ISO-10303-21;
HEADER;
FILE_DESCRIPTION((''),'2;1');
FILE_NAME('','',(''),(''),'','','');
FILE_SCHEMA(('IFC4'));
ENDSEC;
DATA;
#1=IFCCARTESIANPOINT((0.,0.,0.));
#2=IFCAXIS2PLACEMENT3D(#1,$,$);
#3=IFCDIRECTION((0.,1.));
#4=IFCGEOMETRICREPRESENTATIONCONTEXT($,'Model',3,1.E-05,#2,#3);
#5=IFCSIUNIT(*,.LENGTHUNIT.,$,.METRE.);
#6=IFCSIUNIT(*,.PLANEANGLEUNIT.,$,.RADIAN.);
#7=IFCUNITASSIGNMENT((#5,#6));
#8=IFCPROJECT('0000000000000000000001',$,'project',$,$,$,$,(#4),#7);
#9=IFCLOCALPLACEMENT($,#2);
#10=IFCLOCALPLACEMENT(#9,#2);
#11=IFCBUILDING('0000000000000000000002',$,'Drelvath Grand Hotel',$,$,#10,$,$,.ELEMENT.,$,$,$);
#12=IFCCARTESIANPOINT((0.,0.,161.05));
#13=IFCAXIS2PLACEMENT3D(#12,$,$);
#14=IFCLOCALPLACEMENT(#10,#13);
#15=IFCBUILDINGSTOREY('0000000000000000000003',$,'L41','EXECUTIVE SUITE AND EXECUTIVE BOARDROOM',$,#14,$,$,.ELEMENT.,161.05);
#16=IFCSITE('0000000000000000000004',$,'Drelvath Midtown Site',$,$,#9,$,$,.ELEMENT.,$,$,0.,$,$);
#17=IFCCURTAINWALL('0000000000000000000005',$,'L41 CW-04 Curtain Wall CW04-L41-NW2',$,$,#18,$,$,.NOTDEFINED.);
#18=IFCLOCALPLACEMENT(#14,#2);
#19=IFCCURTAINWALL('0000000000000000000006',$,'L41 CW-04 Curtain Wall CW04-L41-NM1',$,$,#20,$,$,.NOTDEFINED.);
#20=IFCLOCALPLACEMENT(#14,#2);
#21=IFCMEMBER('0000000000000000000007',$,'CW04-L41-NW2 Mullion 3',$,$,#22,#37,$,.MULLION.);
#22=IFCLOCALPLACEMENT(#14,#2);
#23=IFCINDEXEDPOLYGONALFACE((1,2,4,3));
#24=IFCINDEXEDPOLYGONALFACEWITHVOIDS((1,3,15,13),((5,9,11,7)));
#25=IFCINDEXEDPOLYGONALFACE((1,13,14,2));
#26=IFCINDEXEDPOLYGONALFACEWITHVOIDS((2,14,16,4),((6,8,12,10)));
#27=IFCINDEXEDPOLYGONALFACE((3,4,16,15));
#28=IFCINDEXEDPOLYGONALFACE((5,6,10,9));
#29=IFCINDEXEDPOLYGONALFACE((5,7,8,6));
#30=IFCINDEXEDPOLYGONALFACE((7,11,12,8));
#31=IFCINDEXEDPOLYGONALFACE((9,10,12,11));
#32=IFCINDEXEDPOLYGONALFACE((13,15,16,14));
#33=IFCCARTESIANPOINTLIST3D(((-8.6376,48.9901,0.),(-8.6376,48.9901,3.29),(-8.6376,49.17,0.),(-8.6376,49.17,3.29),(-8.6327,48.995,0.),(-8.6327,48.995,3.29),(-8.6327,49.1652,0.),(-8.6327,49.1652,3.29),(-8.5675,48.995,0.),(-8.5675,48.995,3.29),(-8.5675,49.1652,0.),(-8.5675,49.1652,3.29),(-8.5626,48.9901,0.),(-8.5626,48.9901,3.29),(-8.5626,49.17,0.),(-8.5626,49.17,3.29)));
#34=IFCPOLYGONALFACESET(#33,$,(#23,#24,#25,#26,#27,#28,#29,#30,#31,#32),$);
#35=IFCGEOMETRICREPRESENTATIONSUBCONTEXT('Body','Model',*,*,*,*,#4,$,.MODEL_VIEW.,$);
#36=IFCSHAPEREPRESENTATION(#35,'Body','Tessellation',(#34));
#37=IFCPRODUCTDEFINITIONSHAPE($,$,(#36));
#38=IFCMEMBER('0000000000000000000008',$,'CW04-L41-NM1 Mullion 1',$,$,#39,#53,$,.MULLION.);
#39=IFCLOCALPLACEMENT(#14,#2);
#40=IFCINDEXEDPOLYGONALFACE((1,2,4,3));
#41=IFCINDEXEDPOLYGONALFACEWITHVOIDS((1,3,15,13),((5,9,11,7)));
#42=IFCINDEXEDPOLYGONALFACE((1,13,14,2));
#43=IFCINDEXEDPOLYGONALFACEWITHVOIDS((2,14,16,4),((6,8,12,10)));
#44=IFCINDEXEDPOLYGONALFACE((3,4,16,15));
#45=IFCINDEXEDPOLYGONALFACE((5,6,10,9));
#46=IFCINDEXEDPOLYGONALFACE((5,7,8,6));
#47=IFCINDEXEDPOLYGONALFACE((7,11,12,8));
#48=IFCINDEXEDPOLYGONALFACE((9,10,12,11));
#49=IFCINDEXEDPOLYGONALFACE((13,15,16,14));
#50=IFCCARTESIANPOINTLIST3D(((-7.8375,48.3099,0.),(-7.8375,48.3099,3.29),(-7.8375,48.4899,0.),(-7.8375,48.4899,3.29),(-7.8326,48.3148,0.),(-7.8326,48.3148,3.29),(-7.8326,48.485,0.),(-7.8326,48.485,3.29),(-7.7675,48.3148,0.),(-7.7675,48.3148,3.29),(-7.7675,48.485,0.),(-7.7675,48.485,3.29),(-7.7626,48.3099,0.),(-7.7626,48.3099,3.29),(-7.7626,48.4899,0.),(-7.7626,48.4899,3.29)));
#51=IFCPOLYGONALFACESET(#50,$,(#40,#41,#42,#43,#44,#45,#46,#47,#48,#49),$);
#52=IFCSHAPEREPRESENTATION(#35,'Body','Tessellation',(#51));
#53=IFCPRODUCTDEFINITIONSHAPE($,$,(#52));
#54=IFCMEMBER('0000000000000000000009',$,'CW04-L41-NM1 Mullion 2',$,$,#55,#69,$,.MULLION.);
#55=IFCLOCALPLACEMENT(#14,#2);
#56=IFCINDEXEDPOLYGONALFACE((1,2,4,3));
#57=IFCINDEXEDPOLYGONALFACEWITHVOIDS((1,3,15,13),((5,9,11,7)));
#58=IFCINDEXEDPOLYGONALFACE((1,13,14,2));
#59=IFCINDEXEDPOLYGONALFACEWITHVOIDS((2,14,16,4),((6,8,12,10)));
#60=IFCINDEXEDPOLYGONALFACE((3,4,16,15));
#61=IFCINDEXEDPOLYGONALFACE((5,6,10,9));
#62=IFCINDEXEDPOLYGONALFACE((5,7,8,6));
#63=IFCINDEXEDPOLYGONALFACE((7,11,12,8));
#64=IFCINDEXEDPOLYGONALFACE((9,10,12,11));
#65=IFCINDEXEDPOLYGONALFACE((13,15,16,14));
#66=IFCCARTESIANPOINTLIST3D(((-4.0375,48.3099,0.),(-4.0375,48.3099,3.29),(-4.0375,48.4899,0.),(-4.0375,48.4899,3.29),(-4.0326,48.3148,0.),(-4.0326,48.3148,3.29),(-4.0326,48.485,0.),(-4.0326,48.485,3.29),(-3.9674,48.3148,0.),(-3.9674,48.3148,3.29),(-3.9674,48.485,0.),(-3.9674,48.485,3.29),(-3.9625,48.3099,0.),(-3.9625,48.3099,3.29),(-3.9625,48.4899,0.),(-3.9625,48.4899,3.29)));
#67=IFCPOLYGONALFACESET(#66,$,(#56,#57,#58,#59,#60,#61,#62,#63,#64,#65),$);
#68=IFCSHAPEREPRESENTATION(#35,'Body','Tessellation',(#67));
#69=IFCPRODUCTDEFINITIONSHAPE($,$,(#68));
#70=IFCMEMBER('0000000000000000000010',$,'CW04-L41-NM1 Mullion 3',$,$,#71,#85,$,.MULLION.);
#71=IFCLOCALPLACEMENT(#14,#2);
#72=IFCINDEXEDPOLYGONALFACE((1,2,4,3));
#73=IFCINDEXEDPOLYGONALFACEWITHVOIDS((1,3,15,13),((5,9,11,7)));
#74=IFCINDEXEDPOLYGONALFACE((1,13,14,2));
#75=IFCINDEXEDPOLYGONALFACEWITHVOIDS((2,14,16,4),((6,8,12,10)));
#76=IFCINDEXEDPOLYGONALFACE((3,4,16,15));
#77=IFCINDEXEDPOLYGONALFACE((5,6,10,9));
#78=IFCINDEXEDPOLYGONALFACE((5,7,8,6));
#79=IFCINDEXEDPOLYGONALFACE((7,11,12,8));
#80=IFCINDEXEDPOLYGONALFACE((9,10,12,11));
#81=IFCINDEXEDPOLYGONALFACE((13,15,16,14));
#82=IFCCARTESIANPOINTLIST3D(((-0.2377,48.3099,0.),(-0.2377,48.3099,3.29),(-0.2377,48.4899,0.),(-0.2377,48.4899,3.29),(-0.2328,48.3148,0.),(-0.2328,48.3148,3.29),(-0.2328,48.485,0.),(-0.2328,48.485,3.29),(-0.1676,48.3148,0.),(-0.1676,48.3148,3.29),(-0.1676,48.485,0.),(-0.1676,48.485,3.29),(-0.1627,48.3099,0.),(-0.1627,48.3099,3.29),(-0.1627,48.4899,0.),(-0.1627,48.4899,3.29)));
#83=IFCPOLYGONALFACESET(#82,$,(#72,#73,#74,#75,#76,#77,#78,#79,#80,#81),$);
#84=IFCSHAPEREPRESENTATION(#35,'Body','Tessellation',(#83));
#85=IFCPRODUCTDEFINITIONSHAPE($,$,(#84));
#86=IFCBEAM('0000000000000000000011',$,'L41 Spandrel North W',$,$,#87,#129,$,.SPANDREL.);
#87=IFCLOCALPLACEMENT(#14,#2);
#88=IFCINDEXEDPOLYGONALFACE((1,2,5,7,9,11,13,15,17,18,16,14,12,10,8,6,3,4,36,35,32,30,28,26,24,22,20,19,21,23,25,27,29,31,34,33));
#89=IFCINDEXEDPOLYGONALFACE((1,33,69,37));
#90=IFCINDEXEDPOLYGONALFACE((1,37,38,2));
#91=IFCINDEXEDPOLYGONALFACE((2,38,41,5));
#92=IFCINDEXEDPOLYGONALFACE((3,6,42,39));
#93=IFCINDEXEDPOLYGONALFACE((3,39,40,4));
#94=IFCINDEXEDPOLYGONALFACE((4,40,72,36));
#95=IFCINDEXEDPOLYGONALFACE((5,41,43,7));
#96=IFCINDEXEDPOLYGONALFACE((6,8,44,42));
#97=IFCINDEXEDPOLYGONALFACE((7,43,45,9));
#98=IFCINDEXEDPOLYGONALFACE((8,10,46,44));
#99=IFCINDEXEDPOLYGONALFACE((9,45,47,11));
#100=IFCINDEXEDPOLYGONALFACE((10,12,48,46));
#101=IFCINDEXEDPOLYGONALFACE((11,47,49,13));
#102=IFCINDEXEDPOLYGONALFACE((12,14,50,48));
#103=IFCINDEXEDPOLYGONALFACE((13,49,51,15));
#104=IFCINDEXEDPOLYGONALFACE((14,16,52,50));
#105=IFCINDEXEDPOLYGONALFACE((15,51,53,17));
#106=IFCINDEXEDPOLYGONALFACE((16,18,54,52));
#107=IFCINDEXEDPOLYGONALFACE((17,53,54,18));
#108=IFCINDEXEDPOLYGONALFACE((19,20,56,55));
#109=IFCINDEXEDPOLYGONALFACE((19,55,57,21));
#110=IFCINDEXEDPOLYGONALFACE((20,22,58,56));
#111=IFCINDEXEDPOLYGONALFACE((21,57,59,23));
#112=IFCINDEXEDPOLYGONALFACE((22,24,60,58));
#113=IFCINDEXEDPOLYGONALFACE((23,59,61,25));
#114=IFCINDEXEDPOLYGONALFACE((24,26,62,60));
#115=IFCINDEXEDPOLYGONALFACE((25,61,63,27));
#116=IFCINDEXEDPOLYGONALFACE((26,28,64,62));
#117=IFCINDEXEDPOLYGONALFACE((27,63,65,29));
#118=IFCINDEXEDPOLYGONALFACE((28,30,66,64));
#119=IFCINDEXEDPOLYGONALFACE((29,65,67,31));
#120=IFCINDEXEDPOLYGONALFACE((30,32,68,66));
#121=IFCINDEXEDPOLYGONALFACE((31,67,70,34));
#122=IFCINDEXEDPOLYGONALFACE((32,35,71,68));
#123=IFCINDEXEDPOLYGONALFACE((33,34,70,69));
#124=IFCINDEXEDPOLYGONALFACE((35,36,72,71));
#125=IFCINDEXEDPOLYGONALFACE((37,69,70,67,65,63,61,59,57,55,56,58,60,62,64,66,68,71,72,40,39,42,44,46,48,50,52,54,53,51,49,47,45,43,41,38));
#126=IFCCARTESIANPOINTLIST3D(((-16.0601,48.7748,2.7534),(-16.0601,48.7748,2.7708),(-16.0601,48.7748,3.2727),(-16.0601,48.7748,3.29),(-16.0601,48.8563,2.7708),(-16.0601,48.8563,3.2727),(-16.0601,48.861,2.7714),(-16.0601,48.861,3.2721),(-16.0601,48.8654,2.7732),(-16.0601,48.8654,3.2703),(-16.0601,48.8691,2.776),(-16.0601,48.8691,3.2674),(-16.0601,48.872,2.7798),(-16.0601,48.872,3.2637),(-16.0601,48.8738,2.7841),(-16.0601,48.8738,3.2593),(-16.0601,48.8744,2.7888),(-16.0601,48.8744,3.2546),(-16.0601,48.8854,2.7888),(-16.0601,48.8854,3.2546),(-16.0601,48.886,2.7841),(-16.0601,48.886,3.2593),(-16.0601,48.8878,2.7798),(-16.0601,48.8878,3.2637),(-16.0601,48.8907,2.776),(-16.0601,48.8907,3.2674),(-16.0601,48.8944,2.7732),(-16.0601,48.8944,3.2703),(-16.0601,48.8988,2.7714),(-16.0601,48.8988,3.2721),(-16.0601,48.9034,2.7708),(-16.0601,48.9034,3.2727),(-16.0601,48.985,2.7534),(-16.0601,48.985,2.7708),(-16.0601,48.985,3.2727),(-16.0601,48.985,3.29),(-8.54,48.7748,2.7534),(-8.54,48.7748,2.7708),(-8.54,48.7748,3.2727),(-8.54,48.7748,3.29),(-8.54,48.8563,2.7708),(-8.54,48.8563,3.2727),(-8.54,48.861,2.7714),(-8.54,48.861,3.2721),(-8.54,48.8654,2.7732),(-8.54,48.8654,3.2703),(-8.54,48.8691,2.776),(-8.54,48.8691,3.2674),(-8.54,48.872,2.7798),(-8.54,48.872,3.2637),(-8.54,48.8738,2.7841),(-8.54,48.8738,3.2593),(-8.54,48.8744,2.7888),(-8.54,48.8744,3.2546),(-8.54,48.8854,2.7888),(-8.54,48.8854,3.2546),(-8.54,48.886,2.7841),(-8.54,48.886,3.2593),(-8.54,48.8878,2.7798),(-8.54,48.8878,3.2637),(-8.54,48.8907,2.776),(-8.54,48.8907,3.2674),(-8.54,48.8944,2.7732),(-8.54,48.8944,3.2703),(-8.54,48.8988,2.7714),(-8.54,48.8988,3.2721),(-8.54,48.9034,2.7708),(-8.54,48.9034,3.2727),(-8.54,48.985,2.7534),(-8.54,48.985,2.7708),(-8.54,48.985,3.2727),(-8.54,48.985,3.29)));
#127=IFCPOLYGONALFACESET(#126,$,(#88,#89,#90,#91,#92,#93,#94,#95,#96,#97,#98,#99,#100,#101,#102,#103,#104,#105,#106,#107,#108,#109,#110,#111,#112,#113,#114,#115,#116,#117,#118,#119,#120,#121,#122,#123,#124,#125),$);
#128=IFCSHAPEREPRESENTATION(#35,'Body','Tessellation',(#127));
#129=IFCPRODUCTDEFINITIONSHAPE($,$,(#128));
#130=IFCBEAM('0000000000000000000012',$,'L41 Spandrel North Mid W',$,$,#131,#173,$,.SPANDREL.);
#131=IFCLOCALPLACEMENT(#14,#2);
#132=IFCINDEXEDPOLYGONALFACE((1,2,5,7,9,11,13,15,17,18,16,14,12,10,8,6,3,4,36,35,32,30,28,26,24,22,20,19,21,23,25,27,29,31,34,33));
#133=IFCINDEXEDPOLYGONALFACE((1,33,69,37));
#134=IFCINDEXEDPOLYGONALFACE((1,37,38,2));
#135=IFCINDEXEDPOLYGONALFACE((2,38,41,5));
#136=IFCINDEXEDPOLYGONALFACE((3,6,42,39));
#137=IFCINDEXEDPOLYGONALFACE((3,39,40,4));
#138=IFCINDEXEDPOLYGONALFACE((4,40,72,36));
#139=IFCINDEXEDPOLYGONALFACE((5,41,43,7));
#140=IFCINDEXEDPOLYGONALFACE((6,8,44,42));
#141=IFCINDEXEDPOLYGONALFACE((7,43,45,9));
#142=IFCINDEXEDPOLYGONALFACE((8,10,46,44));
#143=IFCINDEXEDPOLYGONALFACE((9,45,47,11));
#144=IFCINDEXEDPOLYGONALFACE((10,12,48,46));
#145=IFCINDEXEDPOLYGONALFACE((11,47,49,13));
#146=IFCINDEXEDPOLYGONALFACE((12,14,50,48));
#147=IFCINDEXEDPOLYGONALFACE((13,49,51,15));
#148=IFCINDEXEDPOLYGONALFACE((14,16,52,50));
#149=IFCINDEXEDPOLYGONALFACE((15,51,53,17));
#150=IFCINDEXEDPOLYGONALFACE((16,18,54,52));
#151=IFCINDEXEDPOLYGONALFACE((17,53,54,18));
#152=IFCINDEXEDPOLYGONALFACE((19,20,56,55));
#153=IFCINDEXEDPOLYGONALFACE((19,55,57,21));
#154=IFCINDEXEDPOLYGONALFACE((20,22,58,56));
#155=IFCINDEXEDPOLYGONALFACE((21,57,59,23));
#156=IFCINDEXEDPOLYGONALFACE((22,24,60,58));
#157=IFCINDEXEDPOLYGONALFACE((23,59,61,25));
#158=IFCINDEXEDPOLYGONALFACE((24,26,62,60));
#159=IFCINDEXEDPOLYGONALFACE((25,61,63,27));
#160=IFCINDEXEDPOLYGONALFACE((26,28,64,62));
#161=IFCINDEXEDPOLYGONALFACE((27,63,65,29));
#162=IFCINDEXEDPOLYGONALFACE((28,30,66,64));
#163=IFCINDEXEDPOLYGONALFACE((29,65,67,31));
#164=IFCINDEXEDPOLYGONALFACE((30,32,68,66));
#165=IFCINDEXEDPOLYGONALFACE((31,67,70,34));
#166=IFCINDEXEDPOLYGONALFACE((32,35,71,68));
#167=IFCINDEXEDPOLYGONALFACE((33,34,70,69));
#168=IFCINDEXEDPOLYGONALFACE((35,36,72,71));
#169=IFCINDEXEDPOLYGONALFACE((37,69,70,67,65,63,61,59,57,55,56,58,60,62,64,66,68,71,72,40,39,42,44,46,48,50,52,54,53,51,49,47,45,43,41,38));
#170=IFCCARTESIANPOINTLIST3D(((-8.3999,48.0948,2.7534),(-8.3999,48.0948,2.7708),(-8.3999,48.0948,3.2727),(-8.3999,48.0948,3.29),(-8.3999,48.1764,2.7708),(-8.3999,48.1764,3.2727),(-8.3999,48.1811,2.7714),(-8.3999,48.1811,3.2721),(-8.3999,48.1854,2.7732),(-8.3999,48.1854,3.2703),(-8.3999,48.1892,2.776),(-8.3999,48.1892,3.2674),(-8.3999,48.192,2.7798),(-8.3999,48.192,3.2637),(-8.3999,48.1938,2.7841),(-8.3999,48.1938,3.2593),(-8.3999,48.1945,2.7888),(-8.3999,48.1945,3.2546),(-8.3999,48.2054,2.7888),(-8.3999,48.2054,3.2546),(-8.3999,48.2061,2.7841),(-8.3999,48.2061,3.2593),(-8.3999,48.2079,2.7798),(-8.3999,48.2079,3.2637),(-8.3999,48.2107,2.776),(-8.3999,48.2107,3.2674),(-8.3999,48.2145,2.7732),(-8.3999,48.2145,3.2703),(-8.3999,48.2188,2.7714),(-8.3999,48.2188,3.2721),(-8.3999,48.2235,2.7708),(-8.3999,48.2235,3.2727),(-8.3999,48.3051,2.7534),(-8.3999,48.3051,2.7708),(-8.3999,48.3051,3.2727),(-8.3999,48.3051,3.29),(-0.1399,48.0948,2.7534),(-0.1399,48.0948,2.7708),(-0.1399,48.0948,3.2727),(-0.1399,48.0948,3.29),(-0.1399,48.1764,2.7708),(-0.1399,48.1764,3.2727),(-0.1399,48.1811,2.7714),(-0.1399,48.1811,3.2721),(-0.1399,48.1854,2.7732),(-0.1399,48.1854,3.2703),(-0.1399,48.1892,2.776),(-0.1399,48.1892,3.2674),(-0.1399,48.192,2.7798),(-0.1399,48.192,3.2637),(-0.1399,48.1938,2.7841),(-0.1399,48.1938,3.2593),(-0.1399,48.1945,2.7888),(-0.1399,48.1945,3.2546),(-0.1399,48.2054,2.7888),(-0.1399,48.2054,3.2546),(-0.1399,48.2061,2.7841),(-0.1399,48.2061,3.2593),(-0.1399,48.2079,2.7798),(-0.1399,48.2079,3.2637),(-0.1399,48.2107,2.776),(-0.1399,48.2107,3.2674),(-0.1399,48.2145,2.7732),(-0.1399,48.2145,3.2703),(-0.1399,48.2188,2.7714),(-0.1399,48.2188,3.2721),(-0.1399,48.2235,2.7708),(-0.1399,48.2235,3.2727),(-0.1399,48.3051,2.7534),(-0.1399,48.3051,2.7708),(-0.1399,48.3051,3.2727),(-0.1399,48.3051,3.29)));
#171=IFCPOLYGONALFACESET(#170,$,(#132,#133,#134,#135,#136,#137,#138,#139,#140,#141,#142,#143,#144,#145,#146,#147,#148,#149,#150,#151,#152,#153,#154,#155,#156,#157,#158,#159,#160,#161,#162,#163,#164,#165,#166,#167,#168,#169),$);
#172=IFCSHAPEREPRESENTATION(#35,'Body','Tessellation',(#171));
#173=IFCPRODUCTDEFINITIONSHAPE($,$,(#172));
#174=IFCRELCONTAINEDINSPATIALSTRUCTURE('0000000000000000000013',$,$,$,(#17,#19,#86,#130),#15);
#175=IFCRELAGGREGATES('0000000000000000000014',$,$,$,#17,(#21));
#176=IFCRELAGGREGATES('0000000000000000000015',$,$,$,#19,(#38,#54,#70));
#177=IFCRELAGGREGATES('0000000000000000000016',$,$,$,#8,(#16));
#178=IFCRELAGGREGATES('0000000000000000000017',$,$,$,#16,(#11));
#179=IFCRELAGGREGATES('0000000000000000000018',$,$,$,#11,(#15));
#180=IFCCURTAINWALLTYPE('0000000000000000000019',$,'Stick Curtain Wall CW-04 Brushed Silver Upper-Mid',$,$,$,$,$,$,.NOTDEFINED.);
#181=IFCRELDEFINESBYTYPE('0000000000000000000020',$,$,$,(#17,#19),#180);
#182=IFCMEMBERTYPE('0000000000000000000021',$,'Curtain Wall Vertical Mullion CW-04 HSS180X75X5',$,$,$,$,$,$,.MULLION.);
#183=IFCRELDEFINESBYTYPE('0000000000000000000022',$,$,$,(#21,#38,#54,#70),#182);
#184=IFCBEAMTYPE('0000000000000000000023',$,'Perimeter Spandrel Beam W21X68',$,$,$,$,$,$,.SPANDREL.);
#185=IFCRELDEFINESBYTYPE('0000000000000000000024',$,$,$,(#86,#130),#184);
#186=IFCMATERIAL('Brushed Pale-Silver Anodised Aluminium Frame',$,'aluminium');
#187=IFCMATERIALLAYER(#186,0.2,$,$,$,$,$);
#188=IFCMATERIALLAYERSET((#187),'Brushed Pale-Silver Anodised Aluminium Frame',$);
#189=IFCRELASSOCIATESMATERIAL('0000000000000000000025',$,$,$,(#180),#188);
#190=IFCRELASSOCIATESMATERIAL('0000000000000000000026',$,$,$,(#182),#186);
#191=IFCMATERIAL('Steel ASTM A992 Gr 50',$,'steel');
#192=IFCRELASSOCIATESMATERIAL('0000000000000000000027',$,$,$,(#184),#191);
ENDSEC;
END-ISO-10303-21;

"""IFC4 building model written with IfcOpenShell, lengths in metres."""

from ifc_helpers import new_model, si_unit, direction, frame, origin, origin_2d, place, context, subcontext, project, spatial, hollow_rectangle, i_section, extrude, material, layer, layer_set, material_profile, profile_set, type_object, element, aggregate, save


model = new_model("IFC4")

# Units and contexts
model_context = context("Model", 3, precision=1e-05, world=origin(), true_north=direction((0.0, 1.0)))
body_context = subcontext(model_context, "Body", "Model", "MODEL_VIEW")
ifc_project = project(units=[si_unit("LENGTHUNIT", "METRE"), si_unit("PLANEANGLEUNIT", "RADIAN")], contexts=[model_context])

# Site, building, storey
site_placement = place(None, origin())
site = spatial("IfcSite", under=ifc_project, at=site_placement, Name="Drelvath Midtown Site", CompositionType="ELEMENT", RefElevation=0.0)
building_placement = place(site_placement, origin())
building = spatial("IfcBuilding", under=site, at=building_placement, Name="Drelvath Grand Hotel", CompositionType="ELEMENT")
storey_placement = place(building_placement, frame((0.0, 0.0, 161.05)))
storey = spatial("IfcBuildingStorey", under=building, at=storey_placement, Name="L41", Description="EXECUTIVE SUITE AND EXECUTIVE BOARDROOM", CompositionType="ELEMENT", Elevation=161.05)

# Curtain walls
ifc_material_1 = material(Name="Brushed Pale-Silver Anodised Aluminium Frame", Category="aluminium")
ifc_layer_1 = layer(ifc_material_1, 0.2)
ifc_layer_set_1 = layer_set([ifc_layer_1], Name="Brushed Pale-Silver Anodised Aluminium Frame")
curtain_wall_type = type_object("IfcCurtainWallType", Name="Stick Curtain Wall CW-04 Brushed Silver Upper-Mid", PredefinedType="NOTDEFINED", material=ifc_layer_set_1)
curtain_wall_1_placement = place(storey_placement, origin())
curtain_wall_1 = element("IfcCurtainWall", 1, at=curtain_wall_1_placement, inside=storey, type_object=curtain_wall_type, Name="L41 CW-04 Curtain Wall CW04-L41-NW2", PredefinedType="NOTDEFINED")
curtain_wall_2_placement = place(storey_placement, origin())
curtain_wall_2 = element("IfcCurtainWall", 2, at=curtain_wall_2_placement, inside=storey, type_object=curtain_wall_type, Name="L41 CW-04 Curtain Wall CW04-L41-NM1", PredefinedType="NOTDEFINED")

# Members
ifc_material_profile_1 = material_profile(ifc_material_1, hollow_rectangle(XDim=0.075, YDim=0.1799, WallThickness=0.0049, at=origin_2d()), Name="HSS180X75X5")
ifc_profile_set_1 = profile_set([ifc_material_profile_1], Name="Brushed Pale-Silver Anodised Aluminium Frame")
member_type_1 = type_object("IfcMemberType", Name="Curtain Wall Vertical Mullion CW-04 HSS180X75X5", PredefinedType="MULLION", material=ifc_profile_set_1)
member_1_placement = place(storey_placement, frame((-8.6001, 49.0801, 0.0), z_axis=(0.0, 0.0, 1.0), x_axis=(1.0, 0.0, 0.0)))
member_1 = element("IfcMember", 3, at=member_1_placement, type_object=member_type_1, Name="CW04-L41-NW2 Mullion 3", PredefinedType="MULLION", context=body_context, shape_type="SweptSolid", body=[
    extrude(hollow_rectangle(XDim=0.075, YDim=0.1799, WallThickness=0.0049, at=origin_2d()), origin(), (0.0, 0.0, 1.0), 3.29),
])
member_2_placement = place(storey_placement, frame((-7.8, 48.3999, 0.0), z_axis=(0.0, 0.0, 1.0), x_axis=(1.0, 0.0, 0.0)))
member_2 = element("IfcMember", 4, at=member_2_placement, type_object=member_type_1, Name="CW04-L41-NM1 Mullion 1", PredefinedType="MULLION", context=body_context, shape_type="SweptSolid", body=[
    extrude(hollow_rectangle(XDim=0.075, YDim=0.1799, WallThickness=0.0049, at=origin_2d()), origin(), (0.0, 0.0, 1.0), 3.29),
])
member_3_placement = place(storey_placement, frame((-4.0, 48.3999, 0.0), z_axis=(0.0, 0.0, 1.0), x_axis=(1.0, 0.0, 0.0)))
member_3 = element("IfcMember", 5, at=member_3_placement, type_object=member_type_1, Name="CW04-L41-NM1 Mullion 2", PredefinedType="MULLION", context=body_context, shape_type="SweptSolid", body=[
    extrude(hollow_rectangle(XDim=0.075, YDim=0.1799, WallThickness=0.0049, at=origin_2d()), origin(), (0.0, 0.0, 1.0), 3.29),
])
member_4_placement = place(storey_placement, frame((-0.2002, 48.3999, 0.0), z_axis=(0.0, 0.0, 1.0), x_axis=(1.0, 0.0, 0.0)))
member_4 = element("IfcMember", 6, at=member_4_placement, type_object=member_type_1, Name="CW04-L41-NM1 Mullion 3", PredefinedType="MULLION", context=body_context, shape_type="SweptSolid", body=[
    extrude(hollow_rectangle(XDim=0.075, YDim=0.1799, WallThickness=0.0049, at=origin_2d()), origin(), (0.0, 0.0, 1.0), 3.29),
])

# Beams
ifc_material_2 = material(Name="Steel ASTM A992 Gr 50", Category="steel")
ifc_material_profile_2 = material_profile(ifc_material_2, i_section(OverallWidth=0.2102, OverallDepth=0.5366, WebThickness=0.011, FlangeThickness=0.0173, FilletRadius=0.0181, at=origin_2d()), Name="W21X68")
ifc_profile_set_2 = profile_set([ifc_material_profile_2], Name="Steel ASTM A992 Gr 50")
beam_type_1 = type_object("IfcBeamType", Name="Perimeter Spandrel Beam W21X68", PredefinedType="SPANDREL", material=ifc_profile_set_2)
beam_1_placement = place(storey_placement, frame((-16.0601, 48.8799, 3.0217), z_axis=(1.0, 0.0, 0.0), x_axis=(0.0, 1.0, 0.0)))
element("IfcBeam", 7, at=beam_1_placement, inside=storey, type_object=beam_type_1, Name="L41 Spandrel North W", PredefinedType="SPANDREL", context=body_context, shape_type="SweptSolid", body=[
    extrude(i_section(OverallWidth=0.2102, OverallDepth=0.5366, WebThickness=0.011, FlangeThickness=0.0173, FilletRadius=0.0181, at=origin_2d()), origin(), (0.0, 0.0, 1.0), 7.52),
])
beam_2_placement = place(storey_placement, frame((-8.3999, 48.2, 3.0217), z_axis=(1.0, 0.0, 0.0), x_axis=(0.0, 1.0, 0.0)))
element("IfcBeam", 8, at=beam_2_placement, inside=storey, type_object=beam_type_1, Name="L41 Spandrel North Mid W", PredefinedType="SPANDREL", context=body_context, shape_type="SweptSolid", body=[
    extrude(i_section(OverallWidth=0.2102, OverallDepth=0.5366, WebThickness=0.011, FlangeThickness=0.0173, FilletRadius=0.0181, at=origin_2d()), origin(), (0.0, 0.0, 1.0), 8.26),
])

aggregate(curtain_wall_1, [member_1])
aggregate(curtain_wall_2, [member_2, member_3, member_4])

save(model, "model.ifc")
